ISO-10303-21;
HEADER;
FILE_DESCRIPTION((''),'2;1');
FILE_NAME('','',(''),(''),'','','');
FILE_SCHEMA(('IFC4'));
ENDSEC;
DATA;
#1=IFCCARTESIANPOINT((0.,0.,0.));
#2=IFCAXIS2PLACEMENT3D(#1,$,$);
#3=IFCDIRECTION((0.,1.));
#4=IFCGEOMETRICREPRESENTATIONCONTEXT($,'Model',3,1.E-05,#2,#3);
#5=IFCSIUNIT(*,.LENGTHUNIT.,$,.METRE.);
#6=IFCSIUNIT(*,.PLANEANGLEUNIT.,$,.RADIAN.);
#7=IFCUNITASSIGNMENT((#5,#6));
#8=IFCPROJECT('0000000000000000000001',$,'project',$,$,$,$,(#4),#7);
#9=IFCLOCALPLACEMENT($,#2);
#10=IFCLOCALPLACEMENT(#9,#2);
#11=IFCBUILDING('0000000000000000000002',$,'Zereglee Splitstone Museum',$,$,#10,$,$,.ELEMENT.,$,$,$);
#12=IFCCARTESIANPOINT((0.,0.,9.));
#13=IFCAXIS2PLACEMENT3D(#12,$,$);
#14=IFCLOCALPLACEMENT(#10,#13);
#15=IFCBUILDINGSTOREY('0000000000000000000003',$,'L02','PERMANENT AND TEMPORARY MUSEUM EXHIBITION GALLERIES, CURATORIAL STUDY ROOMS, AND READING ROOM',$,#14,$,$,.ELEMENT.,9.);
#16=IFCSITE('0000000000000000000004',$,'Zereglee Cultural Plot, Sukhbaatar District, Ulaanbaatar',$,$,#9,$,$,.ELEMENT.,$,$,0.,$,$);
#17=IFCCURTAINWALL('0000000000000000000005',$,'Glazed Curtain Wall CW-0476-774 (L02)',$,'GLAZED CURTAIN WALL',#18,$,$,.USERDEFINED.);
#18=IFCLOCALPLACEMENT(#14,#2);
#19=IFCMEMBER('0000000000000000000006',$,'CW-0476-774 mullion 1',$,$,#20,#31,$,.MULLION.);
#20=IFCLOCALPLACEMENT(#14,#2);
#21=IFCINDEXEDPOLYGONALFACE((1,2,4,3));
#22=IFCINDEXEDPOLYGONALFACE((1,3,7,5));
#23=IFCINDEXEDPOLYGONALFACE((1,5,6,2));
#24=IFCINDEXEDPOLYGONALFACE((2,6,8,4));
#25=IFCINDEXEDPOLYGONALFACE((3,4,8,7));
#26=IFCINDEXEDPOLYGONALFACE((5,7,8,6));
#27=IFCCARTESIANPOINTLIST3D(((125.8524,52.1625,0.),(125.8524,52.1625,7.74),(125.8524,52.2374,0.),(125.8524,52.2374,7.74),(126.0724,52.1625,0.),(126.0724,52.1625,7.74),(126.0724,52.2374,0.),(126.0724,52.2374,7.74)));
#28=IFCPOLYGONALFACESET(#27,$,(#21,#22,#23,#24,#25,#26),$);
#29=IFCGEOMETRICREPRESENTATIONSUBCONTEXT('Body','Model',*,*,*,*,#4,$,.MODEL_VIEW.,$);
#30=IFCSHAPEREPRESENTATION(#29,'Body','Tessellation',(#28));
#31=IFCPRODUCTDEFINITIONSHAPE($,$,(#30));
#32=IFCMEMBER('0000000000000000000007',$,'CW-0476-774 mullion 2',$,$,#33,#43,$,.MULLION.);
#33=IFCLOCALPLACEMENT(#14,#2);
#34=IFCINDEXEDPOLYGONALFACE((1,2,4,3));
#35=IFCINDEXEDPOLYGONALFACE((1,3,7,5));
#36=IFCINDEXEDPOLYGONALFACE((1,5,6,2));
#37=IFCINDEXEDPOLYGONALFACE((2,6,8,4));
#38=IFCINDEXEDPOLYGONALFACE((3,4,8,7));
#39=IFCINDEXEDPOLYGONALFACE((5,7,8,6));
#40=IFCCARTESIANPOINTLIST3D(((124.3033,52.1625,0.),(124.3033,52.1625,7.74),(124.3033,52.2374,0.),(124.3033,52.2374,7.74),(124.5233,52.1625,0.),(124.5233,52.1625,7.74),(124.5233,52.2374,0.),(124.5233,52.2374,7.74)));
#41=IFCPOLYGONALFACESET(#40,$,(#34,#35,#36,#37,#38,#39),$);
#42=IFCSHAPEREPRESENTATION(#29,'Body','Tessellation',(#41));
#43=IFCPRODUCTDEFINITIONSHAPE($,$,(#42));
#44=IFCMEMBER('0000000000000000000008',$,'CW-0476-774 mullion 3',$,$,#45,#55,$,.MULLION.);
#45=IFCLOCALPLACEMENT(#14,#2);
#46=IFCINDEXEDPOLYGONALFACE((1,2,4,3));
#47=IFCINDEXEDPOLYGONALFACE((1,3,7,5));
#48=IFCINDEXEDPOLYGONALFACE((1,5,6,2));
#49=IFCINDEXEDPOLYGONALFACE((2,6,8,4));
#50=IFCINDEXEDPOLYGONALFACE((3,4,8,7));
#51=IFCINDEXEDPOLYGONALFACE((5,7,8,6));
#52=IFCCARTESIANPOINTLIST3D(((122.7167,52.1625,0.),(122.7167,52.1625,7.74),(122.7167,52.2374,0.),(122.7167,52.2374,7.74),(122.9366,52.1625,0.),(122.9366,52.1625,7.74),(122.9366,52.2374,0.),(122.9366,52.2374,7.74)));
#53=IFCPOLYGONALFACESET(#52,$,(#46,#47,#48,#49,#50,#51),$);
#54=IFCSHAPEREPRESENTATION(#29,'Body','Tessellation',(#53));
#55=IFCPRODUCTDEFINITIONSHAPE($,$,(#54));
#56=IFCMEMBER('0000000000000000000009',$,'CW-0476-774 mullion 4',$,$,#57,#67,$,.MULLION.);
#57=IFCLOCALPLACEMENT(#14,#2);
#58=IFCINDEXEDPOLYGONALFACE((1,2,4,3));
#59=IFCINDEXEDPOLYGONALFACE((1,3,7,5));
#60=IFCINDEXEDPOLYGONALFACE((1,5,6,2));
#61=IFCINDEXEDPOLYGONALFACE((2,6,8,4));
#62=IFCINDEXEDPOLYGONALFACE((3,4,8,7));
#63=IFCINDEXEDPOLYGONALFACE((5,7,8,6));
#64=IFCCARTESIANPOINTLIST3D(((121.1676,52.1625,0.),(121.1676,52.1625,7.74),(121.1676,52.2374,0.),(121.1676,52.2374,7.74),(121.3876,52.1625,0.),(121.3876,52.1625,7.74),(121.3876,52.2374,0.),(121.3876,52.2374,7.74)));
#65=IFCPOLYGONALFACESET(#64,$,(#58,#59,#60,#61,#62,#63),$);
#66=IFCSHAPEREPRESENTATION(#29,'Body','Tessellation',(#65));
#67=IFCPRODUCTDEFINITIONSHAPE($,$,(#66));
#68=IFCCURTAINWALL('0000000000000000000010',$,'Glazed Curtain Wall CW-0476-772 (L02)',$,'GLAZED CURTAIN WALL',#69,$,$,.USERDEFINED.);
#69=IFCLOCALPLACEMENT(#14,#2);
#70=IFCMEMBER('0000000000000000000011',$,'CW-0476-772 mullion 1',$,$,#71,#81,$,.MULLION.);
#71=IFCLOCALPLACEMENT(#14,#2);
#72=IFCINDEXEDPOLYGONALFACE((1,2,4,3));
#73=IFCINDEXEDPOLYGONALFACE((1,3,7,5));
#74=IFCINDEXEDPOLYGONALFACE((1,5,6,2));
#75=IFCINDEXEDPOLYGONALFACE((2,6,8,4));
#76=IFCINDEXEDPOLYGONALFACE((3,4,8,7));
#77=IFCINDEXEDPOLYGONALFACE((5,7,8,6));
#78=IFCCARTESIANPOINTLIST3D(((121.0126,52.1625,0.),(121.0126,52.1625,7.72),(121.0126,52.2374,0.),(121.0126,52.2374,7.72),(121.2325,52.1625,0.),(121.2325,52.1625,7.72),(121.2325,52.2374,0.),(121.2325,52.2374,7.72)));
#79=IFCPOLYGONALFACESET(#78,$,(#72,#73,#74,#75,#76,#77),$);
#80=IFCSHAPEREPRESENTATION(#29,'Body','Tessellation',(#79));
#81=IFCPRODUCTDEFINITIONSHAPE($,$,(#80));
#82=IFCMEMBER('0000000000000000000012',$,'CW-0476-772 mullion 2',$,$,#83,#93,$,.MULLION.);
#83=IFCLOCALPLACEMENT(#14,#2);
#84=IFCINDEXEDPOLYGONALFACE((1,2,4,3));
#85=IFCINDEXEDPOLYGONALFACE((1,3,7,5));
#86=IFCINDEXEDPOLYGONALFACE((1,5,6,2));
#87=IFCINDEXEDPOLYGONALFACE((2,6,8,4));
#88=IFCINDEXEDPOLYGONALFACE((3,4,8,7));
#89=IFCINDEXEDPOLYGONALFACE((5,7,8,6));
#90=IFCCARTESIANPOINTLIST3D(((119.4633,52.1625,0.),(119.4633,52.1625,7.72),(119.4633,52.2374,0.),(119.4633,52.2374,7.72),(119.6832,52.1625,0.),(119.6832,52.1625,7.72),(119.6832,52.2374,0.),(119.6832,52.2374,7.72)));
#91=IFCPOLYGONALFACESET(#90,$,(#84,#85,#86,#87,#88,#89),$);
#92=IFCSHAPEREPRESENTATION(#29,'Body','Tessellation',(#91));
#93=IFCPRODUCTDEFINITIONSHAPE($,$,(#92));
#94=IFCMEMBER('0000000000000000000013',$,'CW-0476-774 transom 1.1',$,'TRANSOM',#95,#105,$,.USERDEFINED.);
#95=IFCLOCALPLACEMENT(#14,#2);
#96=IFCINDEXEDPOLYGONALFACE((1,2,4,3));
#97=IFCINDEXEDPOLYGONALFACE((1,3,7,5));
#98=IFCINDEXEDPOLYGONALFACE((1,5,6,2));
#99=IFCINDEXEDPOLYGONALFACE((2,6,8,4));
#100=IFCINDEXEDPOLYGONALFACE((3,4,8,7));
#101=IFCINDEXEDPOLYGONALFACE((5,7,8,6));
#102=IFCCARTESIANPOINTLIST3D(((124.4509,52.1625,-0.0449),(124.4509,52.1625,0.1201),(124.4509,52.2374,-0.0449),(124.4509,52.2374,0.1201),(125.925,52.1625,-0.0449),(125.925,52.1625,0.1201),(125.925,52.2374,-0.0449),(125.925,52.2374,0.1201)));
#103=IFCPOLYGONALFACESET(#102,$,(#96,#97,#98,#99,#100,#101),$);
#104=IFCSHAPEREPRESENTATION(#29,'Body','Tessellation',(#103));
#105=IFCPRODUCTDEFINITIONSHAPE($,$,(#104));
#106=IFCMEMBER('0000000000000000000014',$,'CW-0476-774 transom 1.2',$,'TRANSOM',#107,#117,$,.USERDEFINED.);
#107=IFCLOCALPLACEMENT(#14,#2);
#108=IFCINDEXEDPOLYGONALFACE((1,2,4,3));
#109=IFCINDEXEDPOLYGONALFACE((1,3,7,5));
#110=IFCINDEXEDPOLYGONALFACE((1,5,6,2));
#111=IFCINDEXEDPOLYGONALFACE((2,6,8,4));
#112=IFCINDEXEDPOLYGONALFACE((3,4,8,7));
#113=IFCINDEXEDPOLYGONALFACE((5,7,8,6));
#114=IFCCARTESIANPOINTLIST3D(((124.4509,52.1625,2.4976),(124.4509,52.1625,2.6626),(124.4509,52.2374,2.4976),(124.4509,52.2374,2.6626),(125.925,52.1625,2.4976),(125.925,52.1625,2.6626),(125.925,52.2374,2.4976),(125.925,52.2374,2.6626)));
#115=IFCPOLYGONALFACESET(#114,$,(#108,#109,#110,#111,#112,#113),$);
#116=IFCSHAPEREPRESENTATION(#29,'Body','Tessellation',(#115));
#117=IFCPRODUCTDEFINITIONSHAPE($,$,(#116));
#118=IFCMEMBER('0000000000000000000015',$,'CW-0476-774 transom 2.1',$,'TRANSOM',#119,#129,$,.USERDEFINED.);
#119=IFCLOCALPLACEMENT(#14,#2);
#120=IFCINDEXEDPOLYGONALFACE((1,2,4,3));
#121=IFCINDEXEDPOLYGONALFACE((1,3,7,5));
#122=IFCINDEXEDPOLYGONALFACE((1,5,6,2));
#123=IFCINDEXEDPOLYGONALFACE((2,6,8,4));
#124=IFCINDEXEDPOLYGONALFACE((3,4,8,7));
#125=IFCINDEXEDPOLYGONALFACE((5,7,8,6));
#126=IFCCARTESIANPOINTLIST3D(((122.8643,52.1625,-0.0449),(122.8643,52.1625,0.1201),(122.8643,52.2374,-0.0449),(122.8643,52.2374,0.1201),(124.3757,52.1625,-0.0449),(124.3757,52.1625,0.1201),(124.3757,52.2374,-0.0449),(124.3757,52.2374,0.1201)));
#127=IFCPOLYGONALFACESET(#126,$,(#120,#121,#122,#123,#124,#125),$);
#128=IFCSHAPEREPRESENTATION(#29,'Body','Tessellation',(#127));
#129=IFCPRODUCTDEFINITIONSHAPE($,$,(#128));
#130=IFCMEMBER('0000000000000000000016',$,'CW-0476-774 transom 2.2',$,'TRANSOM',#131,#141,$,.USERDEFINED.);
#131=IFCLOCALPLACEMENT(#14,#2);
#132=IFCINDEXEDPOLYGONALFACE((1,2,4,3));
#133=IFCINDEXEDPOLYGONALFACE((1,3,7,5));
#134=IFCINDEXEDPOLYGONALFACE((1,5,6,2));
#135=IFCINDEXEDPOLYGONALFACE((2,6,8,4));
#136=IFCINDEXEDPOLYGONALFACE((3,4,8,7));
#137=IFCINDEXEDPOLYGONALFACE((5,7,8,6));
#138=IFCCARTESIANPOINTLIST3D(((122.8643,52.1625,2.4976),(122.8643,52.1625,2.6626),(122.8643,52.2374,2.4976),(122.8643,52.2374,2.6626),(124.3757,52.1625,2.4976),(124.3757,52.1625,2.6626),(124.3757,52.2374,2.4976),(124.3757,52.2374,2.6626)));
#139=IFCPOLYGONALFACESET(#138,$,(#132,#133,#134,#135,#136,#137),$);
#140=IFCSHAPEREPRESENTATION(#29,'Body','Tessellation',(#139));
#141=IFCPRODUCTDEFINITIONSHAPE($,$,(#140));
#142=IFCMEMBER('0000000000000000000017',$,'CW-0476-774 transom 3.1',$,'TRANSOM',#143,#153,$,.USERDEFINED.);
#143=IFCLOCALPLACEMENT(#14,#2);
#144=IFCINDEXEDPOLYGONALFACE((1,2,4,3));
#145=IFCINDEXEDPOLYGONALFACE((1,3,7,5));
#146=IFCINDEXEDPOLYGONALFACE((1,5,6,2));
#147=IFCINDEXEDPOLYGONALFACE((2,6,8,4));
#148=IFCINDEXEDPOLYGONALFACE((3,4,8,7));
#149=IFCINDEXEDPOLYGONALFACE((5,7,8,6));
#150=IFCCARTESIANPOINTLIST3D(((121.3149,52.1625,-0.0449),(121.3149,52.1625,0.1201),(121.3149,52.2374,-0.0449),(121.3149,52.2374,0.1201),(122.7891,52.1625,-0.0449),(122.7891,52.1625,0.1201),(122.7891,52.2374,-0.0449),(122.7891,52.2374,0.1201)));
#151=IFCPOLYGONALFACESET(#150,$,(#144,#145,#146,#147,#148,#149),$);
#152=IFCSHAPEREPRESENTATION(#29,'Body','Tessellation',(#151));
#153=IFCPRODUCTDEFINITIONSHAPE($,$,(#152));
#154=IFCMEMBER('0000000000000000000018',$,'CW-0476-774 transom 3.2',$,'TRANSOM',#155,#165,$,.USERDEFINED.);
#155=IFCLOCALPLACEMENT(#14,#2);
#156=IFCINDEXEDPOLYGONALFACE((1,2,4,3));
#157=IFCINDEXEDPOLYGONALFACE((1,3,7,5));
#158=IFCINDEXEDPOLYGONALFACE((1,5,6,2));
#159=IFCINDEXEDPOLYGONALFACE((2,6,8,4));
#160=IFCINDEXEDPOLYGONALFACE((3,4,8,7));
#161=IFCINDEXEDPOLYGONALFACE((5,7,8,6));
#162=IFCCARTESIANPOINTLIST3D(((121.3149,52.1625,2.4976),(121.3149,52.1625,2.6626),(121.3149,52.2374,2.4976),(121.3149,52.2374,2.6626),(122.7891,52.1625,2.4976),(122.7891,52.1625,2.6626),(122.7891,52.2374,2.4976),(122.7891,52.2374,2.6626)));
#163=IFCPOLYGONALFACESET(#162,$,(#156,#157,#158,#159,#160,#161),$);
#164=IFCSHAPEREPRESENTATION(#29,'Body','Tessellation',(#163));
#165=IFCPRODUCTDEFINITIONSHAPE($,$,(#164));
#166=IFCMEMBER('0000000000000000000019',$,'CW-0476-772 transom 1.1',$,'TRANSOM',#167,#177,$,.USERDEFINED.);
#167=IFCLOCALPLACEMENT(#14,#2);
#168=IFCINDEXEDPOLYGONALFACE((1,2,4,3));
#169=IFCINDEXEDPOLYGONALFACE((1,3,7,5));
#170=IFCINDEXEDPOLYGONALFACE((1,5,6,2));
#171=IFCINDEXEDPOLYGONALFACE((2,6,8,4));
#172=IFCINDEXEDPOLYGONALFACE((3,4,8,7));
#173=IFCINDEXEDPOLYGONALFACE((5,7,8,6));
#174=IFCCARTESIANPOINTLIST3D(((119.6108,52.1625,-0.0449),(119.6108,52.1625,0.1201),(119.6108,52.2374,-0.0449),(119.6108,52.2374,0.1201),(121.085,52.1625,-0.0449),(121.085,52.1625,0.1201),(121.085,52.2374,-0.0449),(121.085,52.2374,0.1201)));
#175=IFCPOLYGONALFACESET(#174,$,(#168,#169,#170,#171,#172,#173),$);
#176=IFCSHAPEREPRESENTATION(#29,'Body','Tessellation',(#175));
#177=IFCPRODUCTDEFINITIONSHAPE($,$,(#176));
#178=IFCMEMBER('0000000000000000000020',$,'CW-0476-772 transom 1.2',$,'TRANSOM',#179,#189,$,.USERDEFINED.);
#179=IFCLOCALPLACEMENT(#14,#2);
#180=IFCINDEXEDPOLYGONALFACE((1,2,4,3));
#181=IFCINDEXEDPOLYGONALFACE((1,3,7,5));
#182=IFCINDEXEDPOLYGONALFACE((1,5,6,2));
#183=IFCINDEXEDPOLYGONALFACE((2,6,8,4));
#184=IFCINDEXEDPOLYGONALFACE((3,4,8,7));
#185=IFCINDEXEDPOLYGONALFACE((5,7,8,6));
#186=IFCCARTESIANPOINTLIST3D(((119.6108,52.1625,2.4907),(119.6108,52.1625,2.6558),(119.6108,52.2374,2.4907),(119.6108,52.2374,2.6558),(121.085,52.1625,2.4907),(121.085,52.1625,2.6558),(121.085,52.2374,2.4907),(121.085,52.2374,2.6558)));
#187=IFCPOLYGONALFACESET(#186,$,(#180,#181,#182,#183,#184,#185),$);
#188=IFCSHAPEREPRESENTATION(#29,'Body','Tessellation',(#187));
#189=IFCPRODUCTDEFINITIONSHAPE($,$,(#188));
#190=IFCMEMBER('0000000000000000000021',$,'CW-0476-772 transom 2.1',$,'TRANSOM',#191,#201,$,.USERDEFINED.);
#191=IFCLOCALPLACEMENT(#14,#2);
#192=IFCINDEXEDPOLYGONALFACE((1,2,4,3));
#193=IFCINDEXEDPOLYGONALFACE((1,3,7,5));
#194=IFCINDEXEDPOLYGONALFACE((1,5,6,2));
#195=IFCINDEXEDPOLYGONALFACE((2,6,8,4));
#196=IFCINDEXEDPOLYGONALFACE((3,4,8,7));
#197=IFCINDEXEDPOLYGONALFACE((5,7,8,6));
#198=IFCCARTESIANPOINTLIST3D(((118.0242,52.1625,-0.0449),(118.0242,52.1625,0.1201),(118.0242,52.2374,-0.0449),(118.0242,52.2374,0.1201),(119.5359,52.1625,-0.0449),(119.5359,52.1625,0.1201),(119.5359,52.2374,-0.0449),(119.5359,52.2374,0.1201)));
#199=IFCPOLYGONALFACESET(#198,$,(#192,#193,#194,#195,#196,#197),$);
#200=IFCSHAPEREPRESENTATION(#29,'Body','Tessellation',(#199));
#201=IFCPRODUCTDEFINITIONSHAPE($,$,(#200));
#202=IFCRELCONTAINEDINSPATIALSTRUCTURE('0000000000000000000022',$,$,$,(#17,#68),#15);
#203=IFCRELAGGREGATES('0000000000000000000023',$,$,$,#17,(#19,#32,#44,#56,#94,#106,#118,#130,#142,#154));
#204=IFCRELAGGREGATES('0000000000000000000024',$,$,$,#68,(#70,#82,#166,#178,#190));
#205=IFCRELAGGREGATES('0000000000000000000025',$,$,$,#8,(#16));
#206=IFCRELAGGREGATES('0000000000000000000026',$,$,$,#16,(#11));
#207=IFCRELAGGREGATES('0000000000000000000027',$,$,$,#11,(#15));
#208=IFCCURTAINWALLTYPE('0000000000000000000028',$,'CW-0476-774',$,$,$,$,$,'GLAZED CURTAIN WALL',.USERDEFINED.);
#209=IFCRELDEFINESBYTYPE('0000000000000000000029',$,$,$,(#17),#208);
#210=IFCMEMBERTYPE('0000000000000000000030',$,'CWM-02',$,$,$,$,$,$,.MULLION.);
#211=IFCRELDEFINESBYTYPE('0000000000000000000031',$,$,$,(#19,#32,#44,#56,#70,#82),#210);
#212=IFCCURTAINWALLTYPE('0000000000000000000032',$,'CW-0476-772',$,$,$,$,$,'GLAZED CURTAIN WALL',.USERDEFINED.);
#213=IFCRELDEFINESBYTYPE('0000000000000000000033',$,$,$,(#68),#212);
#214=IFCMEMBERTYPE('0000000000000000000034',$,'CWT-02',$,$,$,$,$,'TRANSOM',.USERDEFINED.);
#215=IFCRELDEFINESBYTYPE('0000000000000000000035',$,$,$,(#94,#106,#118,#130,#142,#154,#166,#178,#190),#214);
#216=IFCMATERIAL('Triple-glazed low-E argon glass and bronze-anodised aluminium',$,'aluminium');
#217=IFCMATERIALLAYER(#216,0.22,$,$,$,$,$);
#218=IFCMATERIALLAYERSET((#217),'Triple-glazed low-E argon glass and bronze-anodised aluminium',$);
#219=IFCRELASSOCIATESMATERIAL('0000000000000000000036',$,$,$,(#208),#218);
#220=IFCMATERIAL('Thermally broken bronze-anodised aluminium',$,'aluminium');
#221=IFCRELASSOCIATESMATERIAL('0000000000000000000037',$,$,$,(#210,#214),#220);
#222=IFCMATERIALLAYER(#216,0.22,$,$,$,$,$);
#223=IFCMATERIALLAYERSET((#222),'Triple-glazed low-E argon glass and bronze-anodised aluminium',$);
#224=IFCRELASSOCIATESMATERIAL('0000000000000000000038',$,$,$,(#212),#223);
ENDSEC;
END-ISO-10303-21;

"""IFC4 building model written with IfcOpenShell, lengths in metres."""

from ifc_helpers import new_model, si_unit, direction, frame, origin, origin_2d, place, context, subcontext, project, spatial, rectangle, extrude, material, layer, layer_set, material_profile, profile_set, type_object, element, aggregate, save


model = new_model("IFC4")

# Units and contexts
model_context = context("Model", 3, precision=1e-05, world=origin(), true_north=direction((0.0, 1.0)))
body_context = subcontext(model_context, "Body", "Model", "MODEL_VIEW")
ifc_project = project(units=[si_unit("LENGTHUNIT", "METRE"), si_unit("PLANEANGLEUNIT", "RADIAN")], contexts=[model_context])

# Site, building, storey
site_placement = place(None, origin())
site = spatial("IfcSite", under=ifc_project, at=site_placement, Name="Zereglee Cultural Plot, Sukhbaatar District, Ulaanbaatar", CompositionType="ELEMENT", RefElevation=0.0)
building_placement = place(site_placement, origin())
building = spatial("IfcBuilding", under=site, at=building_placement, Name="Zereglee Splitstone Museum", CompositionType="ELEMENT")
storey_placement = place(building_placement, frame((0.0, 0.0, 9.0)))
storey = spatial("IfcBuildingStorey", under=building, at=storey_placement, Name="L02", Description="PERMANENT AND TEMPORARY MUSEUM EXHIBITION GALLERIES, CURATORIAL STUDY ROOMS, AND READING ROOM", CompositionType="ELEMENT", Elevation=9.0)

# Curtain walls, members
ifc_material_1 = material(Name="Triple-glazed low-E argon glass and bronze-anodised aluminium", Category="aluminium")
ifc_layer_1 = layer(ifc_material_1, 0.22)
ifc_layer_set_1 = layer_set([ifc_layer_1], Name="Triple-glazed low-E argon glass and bronze-anodised aluminium")
curtain_wall_type_1 = type_object("IfcCurtainWallType", Name="CW-0476-774", ElementType="GLAZED CURTAIN WALL", PredefinedType="USERDEFINED", material=ifc_layer_set_1)
curtain_wall_1_placement = place(storey_placement, origin())
curtain_wall_1 = element("IfcCurtainWall", 1, at=curtain_wall_1_placement, inside=storey, type_object=curtain_wall_type_1, Name="Glazed Curtain Wall CW-0476-774 (L02)", ObjectType="GLAZED CURTAIN WALL", PredefinedType="USERDEFINED")
ifc_material_2 = material(Name="Thermally broken bronze-anodised aluminium", Category="aluminium")
ifc_material_profile_1 = material_profile(ifc_material_2, rectangle(XDim=0.075, YDim=0.22, at=origin_2d()), Name="CW MULL 75x220")
ifc_profile_set_1 = profile_set([ifc_material_profile_1], Name="Thermally broken bronze-anodised aluminium")
member_type_1 = type_object("IfcMemberType", Name="CWM-02", PredefinedType="MULLION", material=ifc_profile_set_1)
member_1_placement = place(storey_placement, frame((125.9624, 52.2, 0.0), z_axis=(0.0, 0.0, 1.0), x_axis=(0.0, -1.0, 0.0)))
member_1 = element("IfcMember", 2, at=member_1_placement, type_object=member_type_1, Name="CW-0476-774 mullion 1", PredefinedType="MULLION", context=body_context, shape_type="SweptSolid", body=[
    extrude(rectangle(XDim=0.075, YDim=0.22, at=origin_2d()), origin(), (0.0, 0.0, 1.0), 7.74),
])
member_2_placement = place(storey_placement, frame((124.4133, 52.2, 0.0), z_axis=(0.0, 0.0, 1.0), x_axis=(0.0, -1.0, 0.0)))
member_2 = element("IfcMember", 3, at=member_2_placement, type_object=member_type_1, Name="CW-0476-774 mullion 2", PredefinedType="MULLION", context=body_context, shape_type="SweptSolid", body=[
    extrude(rectangle(XDim=0.075, YDim=0.22, at=origin_2d()), origin(), (0.0, 0.0, 1.0), 7.74),
])
member_3_placement = place(storey_placement, frame((122.8267, 52.2, 0.0), z_axis=(0.0, 0.0, 1.0), x_axis=(0.0, -1.0, 0.0)))
member_3 = element("IfcMember", 4, at=member_3_placement, type_object=member_type_1, Name="CW-0476-774 mullion 3", PredefinedType="MULLION", context=body_context, shape_type="SweptSolid", body=[
    extrude(rectangle(XDim=0.075, YDim=0.22, at=origin_2d()), origin(), (0.0, 0.0, 1.0), 7.74),
])
member_4_placement = place(storey_placement, frame((121.2776, 52.2, 0.0), z_axis=(0.0, 0.0, 1.0), x_axis=(0.0, -1.0, 0.0)))
member_4 = element("IfcMember", 5, at=member_4_placement, type_object=member_type_1, Name="CW-0476-774 mullion 4", PredefinedType="MULLION", context=body_context, shape_type="SweptSolid", body=[
    extrude(rectangle(XDim=0.075, YDim=0.22, at=origin_2d()), origin(), (0.0, 0.0, 1.0), 7.74),
])
ifc_layer_2 = layer(ifc_material_1, 0.22)
ifc_layer_set_2 = layer_set([ifc_layer_2], Name="Triple-glazed low-E argon glass and bronze-anodised aluminium")
curtain_wall_type_2 = type_object("IfcCurtainWallType", Name="CW-0476-772", ElementType="GLAZED CURTAIN WALL", PredefinedType="USERDEFINED", material=ifc_layer_set_2)
curtain_wall_2_placement = place(storey_placement, origin())
curtain_wall_2 = element("IfcCurtainWall", 6, at=curtain_wall_2_placement, inside=storey, type_object=curtain_wall_type_2, Name="Glazed Curtain Wall CW-0476-772 (L02)", ObjectType="GLAZED CURTAIN WALL", PredefinedType="USERDEFINED")
member_5_placement = place(storey_placement, frame((121.1226, 52.2, 0.0), z_axis=(0.0, 0.0, 1.0), x_axis=(0.0, -1.0, 0.0)))
member_5 = element("IfcMember", 7, at=member_5_placement, type_object=member_type_1, Name="CW-0476-772 mullion 1", PredefinedType="MULLION", context=body_context, shape_type="SweptSolid", body=[
    extrude(rectangle(XDim=0.075, YDim=0.22, at=origin_2d()), origin(), (0.0, 0.0, 1.0), 7.72),
])
member_6_placement = place(storey_placement, frame((119.5732, 52.2, 0.0), z_axis=(0.0, 0.0, 1.0), x_axis=(0.0, -1.0, 0.0)))
member_6 = element("IfcMember", 8, at=member_6_placement, type_object=member_type_1, Name="CW-0476-772 mullion 2", PredefinedType="MULLION", context=body_context, shape_type="SweptSolid", body=[
    extrude(rectangle(XDim=0.075, YDim=0.22, at=origin_2d()), origin(), (0.0, 0.0, 1.0), 7.72),
])

# Members
ifc_material_profile_2 = material_profile(ifc_material_2, rectangle(XDim=0.075, YDim=0.165, at=origin_2d()), Name="CW TRAN 75x165")
ifc_profile_set_2 = profile_set([ifc_material_profile_2], Name="Thermally broken bronze-anodised aluminium")
member_type_2 = type_object("IfcMemberType", Name="CWT-02", ElementType="TRANSOM", PredefinedType="USERDEFINED", material=ifc_profile_set_2)
member_7_placement = place(storey_placement, frame((125.925, 52.2, 0.0376), z_axis=(-1.0, 0.0, 0.0), x_axis=(0.0, -1.0, 0.0)))
member_7 = element("IfcMember", 9, at=member_7_placement, type_object=member_type_2, Name="CW-0476-774 transom 1.1", ObjectType="TRANSOM", PredefinedType="USERDEFINED", context=body_context, shape_type="SweptSolid", body=[
    extrude(rectangle(XDim=0.075, YDim=0.165, at=origin_2d()), origin(), (0.0, 0.0, 1.0), 1.4741),
])
member_8_placement = place(storey_placement, frame((125.925, 52.2, 2.5801), z_axis=(-1.0, 0.0, 0.0), x_axis=(0.0, -1.0, 0.0)))
member_8 = element("IfcMember", 10, at=member_8_placement, type_object=member_type_2, Name="CW-0476-774 transom 1.2", ObjectType="TRANSOM", PredefinedType="USERDEFINED", context=body_context, shape_type="SweptSolid", body=[
    extrude(rectangle(XDim=0.075, YDim=0.165, at=origin_2d()), origin(), (0.0, 0.0, 1.0), 1.4741),
])
member_9_placement = place(storey_placement, frame((124.3757, 52.2, 0.0376), z_axis=(-1.0, 0.0, 0.0), x_axis=(0.0, -1.0, 0.0)))
member_9 = element("IfcMember", 11, at=member_9_placement, type_object=member_type_2, Name="CW-0476-774 transom 2.1", ObjectType="TRANSOM", PredefinedType="USERDEFINED", context=body_context, shape_type="SweptSolid", body=[
    extrude(rectangle(XDim=0.075, YDim=0.165, at=origin_2d()), origin(), (0.0, 0.0, 1.0), 1.5115),
])
member_10_placement = place(storey_placement, frame((124.3757, 52.2, 2.5801), z_axis=(-1.0, 0.0, 0.0), x_axis=(0.0, -1.0, 0.0)))
member_10 = element("IfcMember", 12, at=member_10_placement, type_object=member_type_2, Name="CW-0476-774 transom 2.2", ObjectType="TRANSOM", PredefinedType="USERDEFINED", context=body_context, shape_type="SweptSolid", body=[
    extrude(rectangle(XDim=0.075, YDim=0.165, at=origin_2d()), origin(), (0.0, 0.0, 1.0), 1.5115),
])
member_11_placement = place(storey_placement, frame((122.7891, 52.2, 0.0376), z_axis=(-1.0, 0.0, 0.0), x_axis=(0.0, -1.0, 0.0)))
member_11 = element("IfcMember", 13, at=member_11_placement, type_object=member_type_2, Name="CW-0476-774 transom 3.1", ObjectType="TRANSOM", PredefinedType="USERDEFINED", context=body_context, shape_type="SweptSolid", body=[
    extrude(rectangle(XDim=0.075, YDim=0.165, at=origin_2d()), origin(), (0.0, 0.0, 1.0), 1.4741),
])
member_12_placement = place(storey_placement, frame((122.7891, 52.2, 2.5801), z_axis=(-1.0, 0.0, 0.0), x_axis=(0.0, -1.0, 0.0)))
member_12 = element("IfcMember", 14, at=member_12_placement, type_object=member_type_2, Name="CW-0476-774 transom 3.2", ObjectType="TRANSOM", PredefinedType="USERDEFINED", context=body_context, shape_type="SweptSolid", body=[
    extrude(rectangle(XDim=0.075, YDim=0.165, at=origin_2d()), origin(), (0.0, 0.0, 1.0), 1.4741),
])
member_13_placement = place(storey_placement, frame((121.085, 52.2, 0.0376), z_axis=(-1.0, 0.0, 0.0), x_axis=(0.0, -1.0, 0.0)))
member_13 = element("IfcMember", 15, at=member_13_placement, type_object=member_type_2, Name="CW-0476-772 transom 1.1", ObjectType="TRANSOM", PredefinedType="USERDEFINED", context=body_context, shape_type="SweptSolid", body=[
    extrude(rectangle(XDim=0.075, YDim=0.165, at=origin_2d()), origin(), (0.0, 0.0, 1.0), 1.4741),
])
member_14_placement = place(storey_placement, frame((121.085, 52.2, 2.5732), z_axis=(-1.0, 0.0, 0.0), x_axis=(0.0, -1.0, 0.0)))
member_14 = element("IfcMember", 16, at=member_14_placement, type_object=member_type_2, Name="CW-0476-772 transom 1.2", ObjectType="TRANSOM", PredefinedType="USERDEFINED", context=body_context, shape_type="SweptSolid", body=[
    extrude(rectangle(XDim=0.075, YDim=0.165, at=origin_2d()), origin(), (0.0, 0.0, 1.0), 1.4741),
])
member_15_placement = place(storey_placement, frame((119.5359, 52.2, 0.0376), z_axis=(-1.0, 0.0, 0.0), x_axis=(0.0, -1.0, 0.0)))
member_15 = element("IfcMember", 17, at=member_15_placement, type_object=member_type_2, Name="CW-0476-772 transom 2.1", ObjectType="TRANSOM", PredefinedType="USERDEFINED", context=body_context, shape_type="SweptSolid", body=[
    extrude(rectangle(XDim=0.075, YDim=0.165, at=origin_2d()), origin(), (0.0, 0.0, 1.0), 1.5117),
])

aggregate(curtain_wall_1, [member_1, member_2, member_3, member_4, member_7, member_8, member_9, member_10, member_11, member_12])
aggregate(curtain_wall_2, [member_5, member_6, member_13, member_14, member_15])

save(model, "model.ifc")
